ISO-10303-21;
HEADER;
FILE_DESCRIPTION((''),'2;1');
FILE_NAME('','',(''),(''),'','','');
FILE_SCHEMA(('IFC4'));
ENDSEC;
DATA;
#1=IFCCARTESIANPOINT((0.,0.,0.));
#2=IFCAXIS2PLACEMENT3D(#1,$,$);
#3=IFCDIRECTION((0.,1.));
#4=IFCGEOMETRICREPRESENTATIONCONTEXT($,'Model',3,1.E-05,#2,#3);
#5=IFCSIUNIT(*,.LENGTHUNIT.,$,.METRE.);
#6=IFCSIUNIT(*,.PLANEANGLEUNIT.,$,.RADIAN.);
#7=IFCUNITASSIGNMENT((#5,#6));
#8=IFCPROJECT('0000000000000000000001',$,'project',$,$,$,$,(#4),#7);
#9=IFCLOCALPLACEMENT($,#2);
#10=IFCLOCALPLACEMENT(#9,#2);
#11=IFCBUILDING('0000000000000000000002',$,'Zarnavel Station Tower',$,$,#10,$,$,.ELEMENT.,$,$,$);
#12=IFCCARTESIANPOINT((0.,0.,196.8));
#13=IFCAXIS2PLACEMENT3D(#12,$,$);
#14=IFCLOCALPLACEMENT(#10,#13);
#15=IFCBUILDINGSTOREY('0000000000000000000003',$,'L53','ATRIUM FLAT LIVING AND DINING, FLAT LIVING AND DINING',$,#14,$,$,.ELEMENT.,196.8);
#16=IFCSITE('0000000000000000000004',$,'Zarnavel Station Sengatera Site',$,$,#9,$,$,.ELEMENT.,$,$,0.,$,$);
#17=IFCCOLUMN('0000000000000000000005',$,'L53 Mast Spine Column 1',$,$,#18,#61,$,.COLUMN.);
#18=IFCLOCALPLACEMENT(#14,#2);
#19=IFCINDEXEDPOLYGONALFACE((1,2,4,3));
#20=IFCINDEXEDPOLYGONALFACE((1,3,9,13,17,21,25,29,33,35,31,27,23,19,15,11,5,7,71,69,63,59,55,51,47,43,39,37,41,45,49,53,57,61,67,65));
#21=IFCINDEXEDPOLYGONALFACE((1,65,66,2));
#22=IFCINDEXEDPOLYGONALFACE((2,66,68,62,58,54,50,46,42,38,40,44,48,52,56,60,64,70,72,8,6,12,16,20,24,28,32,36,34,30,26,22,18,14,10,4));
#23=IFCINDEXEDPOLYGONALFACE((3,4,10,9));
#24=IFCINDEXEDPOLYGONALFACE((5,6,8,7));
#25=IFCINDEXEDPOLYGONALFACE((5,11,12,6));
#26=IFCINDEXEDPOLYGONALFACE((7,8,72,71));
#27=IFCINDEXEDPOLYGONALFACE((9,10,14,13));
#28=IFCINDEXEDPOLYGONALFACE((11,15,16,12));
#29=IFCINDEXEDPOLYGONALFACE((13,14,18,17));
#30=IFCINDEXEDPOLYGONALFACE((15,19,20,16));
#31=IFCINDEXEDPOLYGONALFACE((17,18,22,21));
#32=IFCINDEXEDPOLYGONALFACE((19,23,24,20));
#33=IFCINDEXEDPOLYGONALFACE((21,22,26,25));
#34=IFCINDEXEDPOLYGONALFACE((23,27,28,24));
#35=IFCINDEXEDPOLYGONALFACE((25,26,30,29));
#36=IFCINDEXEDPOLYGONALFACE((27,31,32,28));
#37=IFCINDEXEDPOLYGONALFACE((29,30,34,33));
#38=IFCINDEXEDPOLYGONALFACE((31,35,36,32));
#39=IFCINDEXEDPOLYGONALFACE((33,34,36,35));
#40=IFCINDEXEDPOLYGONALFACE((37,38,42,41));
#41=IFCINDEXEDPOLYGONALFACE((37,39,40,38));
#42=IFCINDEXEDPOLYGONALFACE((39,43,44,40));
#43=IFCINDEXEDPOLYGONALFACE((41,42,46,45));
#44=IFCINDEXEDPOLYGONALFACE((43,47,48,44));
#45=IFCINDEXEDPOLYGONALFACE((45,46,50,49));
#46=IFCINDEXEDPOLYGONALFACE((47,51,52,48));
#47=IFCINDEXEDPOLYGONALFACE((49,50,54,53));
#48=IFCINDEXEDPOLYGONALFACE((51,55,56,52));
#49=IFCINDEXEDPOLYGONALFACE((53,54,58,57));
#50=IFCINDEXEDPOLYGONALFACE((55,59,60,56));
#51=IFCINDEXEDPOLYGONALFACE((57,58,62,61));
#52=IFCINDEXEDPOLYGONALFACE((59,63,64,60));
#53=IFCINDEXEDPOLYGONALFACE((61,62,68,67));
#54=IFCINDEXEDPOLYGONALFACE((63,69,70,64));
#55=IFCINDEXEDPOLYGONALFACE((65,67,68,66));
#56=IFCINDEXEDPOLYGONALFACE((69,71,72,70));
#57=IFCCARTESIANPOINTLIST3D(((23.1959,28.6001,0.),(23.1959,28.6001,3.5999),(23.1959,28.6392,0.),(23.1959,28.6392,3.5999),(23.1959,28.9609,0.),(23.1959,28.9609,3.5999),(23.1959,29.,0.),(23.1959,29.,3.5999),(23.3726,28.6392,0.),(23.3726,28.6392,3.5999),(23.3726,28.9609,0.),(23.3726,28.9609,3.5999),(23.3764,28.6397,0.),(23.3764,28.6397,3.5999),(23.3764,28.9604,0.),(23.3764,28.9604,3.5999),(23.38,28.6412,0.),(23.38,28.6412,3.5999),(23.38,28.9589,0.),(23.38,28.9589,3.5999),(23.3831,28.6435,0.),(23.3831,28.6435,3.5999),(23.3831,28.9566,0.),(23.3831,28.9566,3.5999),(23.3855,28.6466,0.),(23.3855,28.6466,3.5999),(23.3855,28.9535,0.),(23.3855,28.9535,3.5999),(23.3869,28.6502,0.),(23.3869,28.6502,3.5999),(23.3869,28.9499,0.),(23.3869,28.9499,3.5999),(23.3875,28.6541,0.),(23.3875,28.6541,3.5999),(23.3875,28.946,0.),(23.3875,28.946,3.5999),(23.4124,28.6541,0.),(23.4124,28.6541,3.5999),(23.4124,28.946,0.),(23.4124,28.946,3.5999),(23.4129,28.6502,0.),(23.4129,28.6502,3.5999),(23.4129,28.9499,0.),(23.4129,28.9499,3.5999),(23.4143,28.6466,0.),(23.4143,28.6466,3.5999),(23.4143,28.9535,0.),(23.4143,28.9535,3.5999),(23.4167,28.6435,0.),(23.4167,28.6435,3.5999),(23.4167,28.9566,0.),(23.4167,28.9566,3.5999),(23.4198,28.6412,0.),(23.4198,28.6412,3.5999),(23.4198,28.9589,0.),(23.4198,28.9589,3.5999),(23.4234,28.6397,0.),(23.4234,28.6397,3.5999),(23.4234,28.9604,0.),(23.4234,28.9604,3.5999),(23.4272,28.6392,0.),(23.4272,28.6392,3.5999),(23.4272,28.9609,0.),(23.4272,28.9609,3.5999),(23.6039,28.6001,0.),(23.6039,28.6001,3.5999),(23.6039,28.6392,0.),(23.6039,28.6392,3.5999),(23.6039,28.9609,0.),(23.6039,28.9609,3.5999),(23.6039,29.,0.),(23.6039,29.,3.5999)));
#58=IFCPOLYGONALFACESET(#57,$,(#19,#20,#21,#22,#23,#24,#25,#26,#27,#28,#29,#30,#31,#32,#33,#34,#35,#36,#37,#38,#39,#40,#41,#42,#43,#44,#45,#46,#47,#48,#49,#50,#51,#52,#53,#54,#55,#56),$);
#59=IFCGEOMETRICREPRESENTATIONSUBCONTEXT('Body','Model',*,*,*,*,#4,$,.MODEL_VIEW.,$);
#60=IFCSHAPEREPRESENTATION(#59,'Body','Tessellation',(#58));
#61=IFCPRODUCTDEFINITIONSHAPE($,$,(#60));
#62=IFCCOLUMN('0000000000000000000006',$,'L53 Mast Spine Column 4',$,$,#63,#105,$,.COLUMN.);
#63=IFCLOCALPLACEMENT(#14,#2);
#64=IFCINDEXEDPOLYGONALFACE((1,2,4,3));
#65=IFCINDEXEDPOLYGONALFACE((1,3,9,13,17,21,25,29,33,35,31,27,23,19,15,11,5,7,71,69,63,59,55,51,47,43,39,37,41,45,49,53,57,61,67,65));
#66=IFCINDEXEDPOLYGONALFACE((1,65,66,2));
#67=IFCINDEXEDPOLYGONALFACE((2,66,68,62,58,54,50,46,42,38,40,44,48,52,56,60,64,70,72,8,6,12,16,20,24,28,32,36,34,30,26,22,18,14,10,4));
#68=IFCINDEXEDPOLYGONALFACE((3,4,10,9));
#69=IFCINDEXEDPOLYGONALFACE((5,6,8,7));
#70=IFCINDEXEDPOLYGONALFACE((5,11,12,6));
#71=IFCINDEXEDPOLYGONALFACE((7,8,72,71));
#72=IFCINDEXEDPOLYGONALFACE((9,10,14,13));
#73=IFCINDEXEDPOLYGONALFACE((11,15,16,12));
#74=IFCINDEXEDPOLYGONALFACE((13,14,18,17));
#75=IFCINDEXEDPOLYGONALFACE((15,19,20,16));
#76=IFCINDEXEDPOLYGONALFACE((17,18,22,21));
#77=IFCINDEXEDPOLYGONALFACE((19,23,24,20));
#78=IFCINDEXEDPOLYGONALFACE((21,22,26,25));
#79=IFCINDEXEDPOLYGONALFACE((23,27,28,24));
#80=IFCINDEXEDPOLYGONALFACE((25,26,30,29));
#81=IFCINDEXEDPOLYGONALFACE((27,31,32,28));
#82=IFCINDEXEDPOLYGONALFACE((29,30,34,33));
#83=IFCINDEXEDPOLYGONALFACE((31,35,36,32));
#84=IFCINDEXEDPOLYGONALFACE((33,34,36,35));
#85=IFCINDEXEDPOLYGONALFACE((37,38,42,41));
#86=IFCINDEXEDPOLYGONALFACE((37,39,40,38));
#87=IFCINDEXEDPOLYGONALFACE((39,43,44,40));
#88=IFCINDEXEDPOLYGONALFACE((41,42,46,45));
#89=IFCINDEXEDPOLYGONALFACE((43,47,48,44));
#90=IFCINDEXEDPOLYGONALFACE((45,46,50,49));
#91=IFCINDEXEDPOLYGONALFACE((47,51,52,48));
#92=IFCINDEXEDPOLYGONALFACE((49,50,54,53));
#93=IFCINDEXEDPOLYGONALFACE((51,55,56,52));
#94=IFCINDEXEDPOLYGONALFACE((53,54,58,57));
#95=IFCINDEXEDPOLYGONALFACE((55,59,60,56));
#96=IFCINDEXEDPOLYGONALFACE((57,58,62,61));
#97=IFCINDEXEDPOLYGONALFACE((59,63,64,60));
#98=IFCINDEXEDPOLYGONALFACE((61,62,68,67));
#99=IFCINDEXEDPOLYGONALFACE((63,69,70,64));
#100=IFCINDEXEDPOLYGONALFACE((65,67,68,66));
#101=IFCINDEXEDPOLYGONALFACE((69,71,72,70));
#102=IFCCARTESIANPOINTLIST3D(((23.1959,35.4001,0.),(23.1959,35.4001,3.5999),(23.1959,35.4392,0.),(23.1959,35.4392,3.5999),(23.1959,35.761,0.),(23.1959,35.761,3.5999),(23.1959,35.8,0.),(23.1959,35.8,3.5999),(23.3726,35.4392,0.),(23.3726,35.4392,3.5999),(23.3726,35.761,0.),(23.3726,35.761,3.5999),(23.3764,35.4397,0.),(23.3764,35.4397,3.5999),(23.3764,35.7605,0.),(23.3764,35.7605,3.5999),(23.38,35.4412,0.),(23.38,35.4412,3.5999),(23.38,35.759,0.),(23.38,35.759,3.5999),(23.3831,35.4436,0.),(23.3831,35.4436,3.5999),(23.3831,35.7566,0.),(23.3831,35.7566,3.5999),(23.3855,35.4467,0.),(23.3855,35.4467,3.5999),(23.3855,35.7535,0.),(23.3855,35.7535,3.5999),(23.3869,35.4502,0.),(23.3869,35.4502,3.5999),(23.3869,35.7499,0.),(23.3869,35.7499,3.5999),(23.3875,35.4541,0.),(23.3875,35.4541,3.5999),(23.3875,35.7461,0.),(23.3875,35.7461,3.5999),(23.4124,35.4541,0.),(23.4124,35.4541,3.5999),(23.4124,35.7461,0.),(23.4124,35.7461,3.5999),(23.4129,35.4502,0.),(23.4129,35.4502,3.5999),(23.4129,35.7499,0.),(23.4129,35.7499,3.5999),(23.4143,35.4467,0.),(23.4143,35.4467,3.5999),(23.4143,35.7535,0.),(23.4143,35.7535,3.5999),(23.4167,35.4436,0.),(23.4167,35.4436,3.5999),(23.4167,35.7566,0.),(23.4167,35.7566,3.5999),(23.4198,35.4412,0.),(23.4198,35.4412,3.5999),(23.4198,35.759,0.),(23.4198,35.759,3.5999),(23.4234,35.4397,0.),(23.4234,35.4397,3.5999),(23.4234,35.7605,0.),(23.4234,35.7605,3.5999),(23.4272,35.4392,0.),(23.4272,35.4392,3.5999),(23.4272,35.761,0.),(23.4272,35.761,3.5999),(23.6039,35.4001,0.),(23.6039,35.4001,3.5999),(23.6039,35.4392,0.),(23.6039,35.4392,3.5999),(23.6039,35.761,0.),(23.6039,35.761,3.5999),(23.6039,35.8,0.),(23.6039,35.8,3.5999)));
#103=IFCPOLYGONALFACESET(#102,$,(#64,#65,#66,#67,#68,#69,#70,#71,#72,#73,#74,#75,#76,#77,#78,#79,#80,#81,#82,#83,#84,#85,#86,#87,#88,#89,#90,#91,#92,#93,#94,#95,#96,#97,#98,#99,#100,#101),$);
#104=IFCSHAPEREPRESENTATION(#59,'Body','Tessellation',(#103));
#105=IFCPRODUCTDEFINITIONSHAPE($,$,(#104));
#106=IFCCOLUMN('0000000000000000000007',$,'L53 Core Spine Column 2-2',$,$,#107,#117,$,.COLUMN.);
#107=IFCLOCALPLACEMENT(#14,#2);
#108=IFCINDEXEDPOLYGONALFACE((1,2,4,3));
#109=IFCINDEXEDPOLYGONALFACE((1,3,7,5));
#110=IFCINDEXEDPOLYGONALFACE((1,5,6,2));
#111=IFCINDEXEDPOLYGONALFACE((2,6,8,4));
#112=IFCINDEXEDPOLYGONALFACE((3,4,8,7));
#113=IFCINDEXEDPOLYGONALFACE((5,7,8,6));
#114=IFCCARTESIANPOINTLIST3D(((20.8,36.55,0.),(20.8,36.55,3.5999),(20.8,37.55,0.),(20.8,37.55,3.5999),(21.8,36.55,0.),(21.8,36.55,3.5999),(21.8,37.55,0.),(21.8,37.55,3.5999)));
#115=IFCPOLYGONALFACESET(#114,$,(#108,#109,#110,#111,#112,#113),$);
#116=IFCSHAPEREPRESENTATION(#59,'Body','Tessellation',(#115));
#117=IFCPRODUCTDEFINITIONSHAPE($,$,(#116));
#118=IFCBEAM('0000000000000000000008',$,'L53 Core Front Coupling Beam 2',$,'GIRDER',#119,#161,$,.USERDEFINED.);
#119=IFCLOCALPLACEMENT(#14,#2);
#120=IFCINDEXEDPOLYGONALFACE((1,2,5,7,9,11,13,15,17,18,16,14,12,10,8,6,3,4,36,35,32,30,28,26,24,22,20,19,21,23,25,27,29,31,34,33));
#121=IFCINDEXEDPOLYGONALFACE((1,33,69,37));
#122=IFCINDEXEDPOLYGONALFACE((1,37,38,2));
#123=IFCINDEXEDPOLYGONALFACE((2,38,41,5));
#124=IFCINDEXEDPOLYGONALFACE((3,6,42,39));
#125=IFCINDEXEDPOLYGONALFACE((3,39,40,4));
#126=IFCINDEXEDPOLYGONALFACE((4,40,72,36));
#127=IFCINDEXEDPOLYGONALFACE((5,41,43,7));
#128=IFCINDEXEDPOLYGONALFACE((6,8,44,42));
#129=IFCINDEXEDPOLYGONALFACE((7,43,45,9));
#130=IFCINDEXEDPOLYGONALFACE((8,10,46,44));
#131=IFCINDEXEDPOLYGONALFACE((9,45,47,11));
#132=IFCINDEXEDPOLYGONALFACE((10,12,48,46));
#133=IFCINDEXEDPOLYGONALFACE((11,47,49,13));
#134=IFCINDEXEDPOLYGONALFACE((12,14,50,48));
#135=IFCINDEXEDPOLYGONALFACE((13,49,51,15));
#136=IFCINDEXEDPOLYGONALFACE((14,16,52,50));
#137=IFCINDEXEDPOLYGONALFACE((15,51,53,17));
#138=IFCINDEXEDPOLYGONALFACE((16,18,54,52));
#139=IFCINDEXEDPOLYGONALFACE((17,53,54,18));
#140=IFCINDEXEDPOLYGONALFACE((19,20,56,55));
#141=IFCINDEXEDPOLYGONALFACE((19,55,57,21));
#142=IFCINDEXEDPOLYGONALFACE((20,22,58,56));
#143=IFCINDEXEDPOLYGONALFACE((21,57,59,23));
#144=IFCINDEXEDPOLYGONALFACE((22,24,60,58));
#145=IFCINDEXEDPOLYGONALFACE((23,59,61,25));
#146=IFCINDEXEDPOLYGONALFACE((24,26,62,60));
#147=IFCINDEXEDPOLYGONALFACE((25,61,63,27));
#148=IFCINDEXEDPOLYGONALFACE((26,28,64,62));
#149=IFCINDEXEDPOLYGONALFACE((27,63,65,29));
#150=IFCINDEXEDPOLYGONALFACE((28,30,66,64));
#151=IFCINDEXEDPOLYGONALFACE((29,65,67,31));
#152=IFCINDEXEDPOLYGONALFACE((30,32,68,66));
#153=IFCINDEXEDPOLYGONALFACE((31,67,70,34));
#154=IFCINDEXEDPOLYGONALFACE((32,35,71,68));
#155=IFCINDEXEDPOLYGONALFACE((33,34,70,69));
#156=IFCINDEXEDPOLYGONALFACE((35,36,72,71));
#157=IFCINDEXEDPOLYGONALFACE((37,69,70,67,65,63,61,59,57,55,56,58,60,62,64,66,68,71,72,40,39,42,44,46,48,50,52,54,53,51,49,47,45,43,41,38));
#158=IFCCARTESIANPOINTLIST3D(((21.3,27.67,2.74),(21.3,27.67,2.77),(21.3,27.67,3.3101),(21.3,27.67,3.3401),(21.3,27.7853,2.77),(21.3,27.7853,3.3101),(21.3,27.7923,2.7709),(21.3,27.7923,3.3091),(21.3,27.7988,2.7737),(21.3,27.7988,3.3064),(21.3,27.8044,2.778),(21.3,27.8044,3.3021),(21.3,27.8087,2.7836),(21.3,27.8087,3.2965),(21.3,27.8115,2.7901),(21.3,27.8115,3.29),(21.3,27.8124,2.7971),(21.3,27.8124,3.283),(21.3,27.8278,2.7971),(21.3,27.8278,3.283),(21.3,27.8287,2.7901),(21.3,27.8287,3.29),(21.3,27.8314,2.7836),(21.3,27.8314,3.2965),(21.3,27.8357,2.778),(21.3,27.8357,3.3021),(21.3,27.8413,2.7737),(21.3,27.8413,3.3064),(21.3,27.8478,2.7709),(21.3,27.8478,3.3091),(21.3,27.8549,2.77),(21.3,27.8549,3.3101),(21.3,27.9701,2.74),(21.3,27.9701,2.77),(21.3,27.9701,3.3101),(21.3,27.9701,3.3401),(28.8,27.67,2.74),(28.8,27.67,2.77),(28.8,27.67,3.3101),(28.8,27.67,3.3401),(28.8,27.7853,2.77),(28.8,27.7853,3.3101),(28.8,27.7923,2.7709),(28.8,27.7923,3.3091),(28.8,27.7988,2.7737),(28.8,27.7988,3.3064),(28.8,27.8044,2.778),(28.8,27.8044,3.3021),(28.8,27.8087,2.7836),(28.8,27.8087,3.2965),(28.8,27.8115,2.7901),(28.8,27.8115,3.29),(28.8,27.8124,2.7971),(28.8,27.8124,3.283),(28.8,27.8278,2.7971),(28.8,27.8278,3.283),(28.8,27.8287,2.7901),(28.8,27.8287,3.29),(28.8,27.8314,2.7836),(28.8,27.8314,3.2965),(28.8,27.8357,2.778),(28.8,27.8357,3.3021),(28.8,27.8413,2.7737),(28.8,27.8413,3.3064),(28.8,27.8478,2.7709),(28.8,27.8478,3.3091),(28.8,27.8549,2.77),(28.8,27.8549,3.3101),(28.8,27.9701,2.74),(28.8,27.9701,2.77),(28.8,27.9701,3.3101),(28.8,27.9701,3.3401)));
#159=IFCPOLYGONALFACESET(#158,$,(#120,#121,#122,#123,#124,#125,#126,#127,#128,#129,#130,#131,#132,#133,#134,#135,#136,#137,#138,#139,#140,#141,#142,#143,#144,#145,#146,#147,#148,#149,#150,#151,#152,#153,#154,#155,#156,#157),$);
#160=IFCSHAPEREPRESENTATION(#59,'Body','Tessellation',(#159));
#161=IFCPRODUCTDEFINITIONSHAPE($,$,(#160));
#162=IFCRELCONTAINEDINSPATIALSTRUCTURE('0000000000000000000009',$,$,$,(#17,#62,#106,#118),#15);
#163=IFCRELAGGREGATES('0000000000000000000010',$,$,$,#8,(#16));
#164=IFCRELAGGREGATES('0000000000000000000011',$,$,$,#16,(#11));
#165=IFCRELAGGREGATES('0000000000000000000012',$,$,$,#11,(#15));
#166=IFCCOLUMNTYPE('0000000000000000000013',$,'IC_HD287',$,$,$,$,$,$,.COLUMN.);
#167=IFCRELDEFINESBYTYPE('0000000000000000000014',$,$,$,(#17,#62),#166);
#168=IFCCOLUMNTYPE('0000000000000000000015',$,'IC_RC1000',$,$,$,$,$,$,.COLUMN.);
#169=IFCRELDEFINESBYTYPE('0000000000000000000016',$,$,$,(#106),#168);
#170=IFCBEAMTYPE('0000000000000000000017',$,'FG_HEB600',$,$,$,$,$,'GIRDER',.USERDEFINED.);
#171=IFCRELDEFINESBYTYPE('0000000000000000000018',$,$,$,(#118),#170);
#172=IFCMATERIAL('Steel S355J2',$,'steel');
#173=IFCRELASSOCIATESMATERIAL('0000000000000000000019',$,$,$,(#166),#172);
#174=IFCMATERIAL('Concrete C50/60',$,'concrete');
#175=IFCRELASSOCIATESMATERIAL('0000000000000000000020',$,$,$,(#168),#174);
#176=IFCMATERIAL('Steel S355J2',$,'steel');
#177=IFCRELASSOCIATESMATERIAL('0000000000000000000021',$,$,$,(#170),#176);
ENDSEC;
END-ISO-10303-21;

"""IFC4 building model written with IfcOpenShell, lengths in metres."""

from ifc_helpers import new_model, si_unit, direction, frame, origin, origin_2d, place, context, subcontext, project, spatial, rectangle, i_section, extrude, material, material_profile, profile_set, type_object, element, save


model = new_model("IFC4")

# Units and contexts
model_context = context("Model", 3, precision=1e-05, world=origin(), true_north=direction((0.0, 1.0)))
body_context = subcontext(model_context, "Body", "Model", "MODEL_VIEW")
ifc_project = project(units=[si_unit("LENGTHUNIT", "METRE"), si_unit("PLANEANGLEUNIT", "RADIAN")], contexts=[model_context])

# Site, building, storey
site_placement = place(None, origin())
site = spatial("IfcSite", under=ifc_project, at=site_placement, Name="Zarnavel Station Sengatera Site", CompositionType="ELEMENT", RefElevation=0.0)
building_placement = place(site_placement, origin())
building = spatial("IfcBuilding", under=site, at=building_placement, Name="Zarnavel Station Tower", CompositionType="ELEMENT")
storey_placement = place(building_placement, frame((0.0, 0.0, 196.8)))
storey = spatial("IfcBuildingStorey", under=building, at=storey_placement, Name="L53", Description="ATRIUM FLAT LIVING AND DINING, FLAT LIVING AND DINING", CompositionType="ELEMENT", Elevation=196.8)

# Columns
ifc_material_1 = material(Name="Steel S355J2", Category="steel")
ifc_material_profile_1 = material_profile(ifc_material_1, i_section(OverallWidth=0.408, OverallDepth=0.3999, WebThickness=0.0249, FlangeThickness=0.0391, FilletRadius=0.0149, at=origin_2d()), Name="HD400x287")
ifc_profile_set_1 = profile_set([ifc_material_profile_1], Name="Steel S355J2")
column_type_1 = type_object("IfcColumnType", Name="IC_HD287", PredefinedType="COLUMN", material=ifc_profile_set_1)
for number, where, z_axis, x_axis, name in (
    (1, (23.3999, 28.8, 0.0), (0.0, 0.0, 1.0), (1.0, 0.0, 0.0), "L53 Mast Spine Column 1"),
    (2, (23.3999, 35.6001, 0.0), (0.0, 0.0, 1.0), (1.0, 0.0, 0.0), "L53 Mast Spine Column 4"),
):
    element("IfcColumn", number, at=place(storey_placement, frame(where, z_axis=z_axis, x_axis=x_axis)), inside=storey, type_object=column_type_1, Name=name, PredefinedType="COLUMN", context=body_context, shape_type="SweptSolid", body=[
        extrude(i_section(OverallWidth=0.408, OverallDepth=0.3999, WebThickness=0.0249, FlangeThickness=0.0391, FilletRadius=0.0149, at=origin_2d()), origin(), (0.0, 0.0, 1.0), 3.5999),
    ])
ifc_material_2 = material(Name="Concrete C50/60", Category="concrete")
ifc_material_profile_2 = material_profile(ifc_material_2, rectangle(XDim=1.0, YDim=1.0, at=origin_2d()), Name="RC1000x1000")
ifc_profile_set_2 = profile_set([ifc_material_profile_2], Name="Concrete C50/60")
column_type_2 = type_object("IfcColumnType", Name="IC_RC1000", PredefinedType="COLUMN", material=ifc_profile_set_2)
column_placement = place(storey_placement, frame((21.3, 37.05, 0.0), z_axis=(0.0, 0.0, 1.0), x_axis=(1.0, 0.0, 0.0)))
element("IfcColumn", 3, at=column_placement, inside=storey, type_object=column_type_2, Name="L53 Core Spine Column 2-2", PredefinedType="COLUMN", context=body_context, shape_type="SweptSolid", body=[
    extrude(rectangle(XDim=1.0, YDim=1.0, at=origin_2d()), origin(), (0.0, 0.0, 1.0), 3.5999),
])

# Beam
ifc_material_3 = material(Name="Steel S355J2", Category="steel")
ifc_material_profile_3 = material_profile(ifc_material_3, i_section(OverallWidth=0.3, OverallDepth=0.6001, WebThickness=0.0154, FlangeThickness=0.03, FilletRadius=0.0271, at=origin_2d()), Name="HEB600")
ifc_profile_set_3 = profile_set([ifc_material_profile_3], Name="Steel S355J2")
beam_type_1 = type_object("IfcBeamType", Name="FG_HEB600", ElementType="GIRDER", PredefinedType="USERDEFINED", material=ifc_profile_set_3)
beam_1_placement = place(storey_placement, frame((21.3, 27.8201, 3.04), z_axis=(1.0, 0.0, 0.0), x_axis=(0.0, 1.0, 0.0)))
element("IfcBeam", 4, at=beam_1_placement, inside=storey, type_object=beam_type_1, Name="L53 Core Front Coupling Beam 2", ObjectType="GIRDER", PredefinedType="USERDEFINED", context=body_context, shape_type="SweptSolid", body=[
    extrude(i_section(OverallWidth=0.3, OverallDepth=0.6001, WebThickness=0.0154, FlangeThickness=0.03, FilletRadius=0.0271, at=origin_2d()), origin(), (0.0, 0.0, 1.0), 7.5),
])

save(model, "model.ifc")
